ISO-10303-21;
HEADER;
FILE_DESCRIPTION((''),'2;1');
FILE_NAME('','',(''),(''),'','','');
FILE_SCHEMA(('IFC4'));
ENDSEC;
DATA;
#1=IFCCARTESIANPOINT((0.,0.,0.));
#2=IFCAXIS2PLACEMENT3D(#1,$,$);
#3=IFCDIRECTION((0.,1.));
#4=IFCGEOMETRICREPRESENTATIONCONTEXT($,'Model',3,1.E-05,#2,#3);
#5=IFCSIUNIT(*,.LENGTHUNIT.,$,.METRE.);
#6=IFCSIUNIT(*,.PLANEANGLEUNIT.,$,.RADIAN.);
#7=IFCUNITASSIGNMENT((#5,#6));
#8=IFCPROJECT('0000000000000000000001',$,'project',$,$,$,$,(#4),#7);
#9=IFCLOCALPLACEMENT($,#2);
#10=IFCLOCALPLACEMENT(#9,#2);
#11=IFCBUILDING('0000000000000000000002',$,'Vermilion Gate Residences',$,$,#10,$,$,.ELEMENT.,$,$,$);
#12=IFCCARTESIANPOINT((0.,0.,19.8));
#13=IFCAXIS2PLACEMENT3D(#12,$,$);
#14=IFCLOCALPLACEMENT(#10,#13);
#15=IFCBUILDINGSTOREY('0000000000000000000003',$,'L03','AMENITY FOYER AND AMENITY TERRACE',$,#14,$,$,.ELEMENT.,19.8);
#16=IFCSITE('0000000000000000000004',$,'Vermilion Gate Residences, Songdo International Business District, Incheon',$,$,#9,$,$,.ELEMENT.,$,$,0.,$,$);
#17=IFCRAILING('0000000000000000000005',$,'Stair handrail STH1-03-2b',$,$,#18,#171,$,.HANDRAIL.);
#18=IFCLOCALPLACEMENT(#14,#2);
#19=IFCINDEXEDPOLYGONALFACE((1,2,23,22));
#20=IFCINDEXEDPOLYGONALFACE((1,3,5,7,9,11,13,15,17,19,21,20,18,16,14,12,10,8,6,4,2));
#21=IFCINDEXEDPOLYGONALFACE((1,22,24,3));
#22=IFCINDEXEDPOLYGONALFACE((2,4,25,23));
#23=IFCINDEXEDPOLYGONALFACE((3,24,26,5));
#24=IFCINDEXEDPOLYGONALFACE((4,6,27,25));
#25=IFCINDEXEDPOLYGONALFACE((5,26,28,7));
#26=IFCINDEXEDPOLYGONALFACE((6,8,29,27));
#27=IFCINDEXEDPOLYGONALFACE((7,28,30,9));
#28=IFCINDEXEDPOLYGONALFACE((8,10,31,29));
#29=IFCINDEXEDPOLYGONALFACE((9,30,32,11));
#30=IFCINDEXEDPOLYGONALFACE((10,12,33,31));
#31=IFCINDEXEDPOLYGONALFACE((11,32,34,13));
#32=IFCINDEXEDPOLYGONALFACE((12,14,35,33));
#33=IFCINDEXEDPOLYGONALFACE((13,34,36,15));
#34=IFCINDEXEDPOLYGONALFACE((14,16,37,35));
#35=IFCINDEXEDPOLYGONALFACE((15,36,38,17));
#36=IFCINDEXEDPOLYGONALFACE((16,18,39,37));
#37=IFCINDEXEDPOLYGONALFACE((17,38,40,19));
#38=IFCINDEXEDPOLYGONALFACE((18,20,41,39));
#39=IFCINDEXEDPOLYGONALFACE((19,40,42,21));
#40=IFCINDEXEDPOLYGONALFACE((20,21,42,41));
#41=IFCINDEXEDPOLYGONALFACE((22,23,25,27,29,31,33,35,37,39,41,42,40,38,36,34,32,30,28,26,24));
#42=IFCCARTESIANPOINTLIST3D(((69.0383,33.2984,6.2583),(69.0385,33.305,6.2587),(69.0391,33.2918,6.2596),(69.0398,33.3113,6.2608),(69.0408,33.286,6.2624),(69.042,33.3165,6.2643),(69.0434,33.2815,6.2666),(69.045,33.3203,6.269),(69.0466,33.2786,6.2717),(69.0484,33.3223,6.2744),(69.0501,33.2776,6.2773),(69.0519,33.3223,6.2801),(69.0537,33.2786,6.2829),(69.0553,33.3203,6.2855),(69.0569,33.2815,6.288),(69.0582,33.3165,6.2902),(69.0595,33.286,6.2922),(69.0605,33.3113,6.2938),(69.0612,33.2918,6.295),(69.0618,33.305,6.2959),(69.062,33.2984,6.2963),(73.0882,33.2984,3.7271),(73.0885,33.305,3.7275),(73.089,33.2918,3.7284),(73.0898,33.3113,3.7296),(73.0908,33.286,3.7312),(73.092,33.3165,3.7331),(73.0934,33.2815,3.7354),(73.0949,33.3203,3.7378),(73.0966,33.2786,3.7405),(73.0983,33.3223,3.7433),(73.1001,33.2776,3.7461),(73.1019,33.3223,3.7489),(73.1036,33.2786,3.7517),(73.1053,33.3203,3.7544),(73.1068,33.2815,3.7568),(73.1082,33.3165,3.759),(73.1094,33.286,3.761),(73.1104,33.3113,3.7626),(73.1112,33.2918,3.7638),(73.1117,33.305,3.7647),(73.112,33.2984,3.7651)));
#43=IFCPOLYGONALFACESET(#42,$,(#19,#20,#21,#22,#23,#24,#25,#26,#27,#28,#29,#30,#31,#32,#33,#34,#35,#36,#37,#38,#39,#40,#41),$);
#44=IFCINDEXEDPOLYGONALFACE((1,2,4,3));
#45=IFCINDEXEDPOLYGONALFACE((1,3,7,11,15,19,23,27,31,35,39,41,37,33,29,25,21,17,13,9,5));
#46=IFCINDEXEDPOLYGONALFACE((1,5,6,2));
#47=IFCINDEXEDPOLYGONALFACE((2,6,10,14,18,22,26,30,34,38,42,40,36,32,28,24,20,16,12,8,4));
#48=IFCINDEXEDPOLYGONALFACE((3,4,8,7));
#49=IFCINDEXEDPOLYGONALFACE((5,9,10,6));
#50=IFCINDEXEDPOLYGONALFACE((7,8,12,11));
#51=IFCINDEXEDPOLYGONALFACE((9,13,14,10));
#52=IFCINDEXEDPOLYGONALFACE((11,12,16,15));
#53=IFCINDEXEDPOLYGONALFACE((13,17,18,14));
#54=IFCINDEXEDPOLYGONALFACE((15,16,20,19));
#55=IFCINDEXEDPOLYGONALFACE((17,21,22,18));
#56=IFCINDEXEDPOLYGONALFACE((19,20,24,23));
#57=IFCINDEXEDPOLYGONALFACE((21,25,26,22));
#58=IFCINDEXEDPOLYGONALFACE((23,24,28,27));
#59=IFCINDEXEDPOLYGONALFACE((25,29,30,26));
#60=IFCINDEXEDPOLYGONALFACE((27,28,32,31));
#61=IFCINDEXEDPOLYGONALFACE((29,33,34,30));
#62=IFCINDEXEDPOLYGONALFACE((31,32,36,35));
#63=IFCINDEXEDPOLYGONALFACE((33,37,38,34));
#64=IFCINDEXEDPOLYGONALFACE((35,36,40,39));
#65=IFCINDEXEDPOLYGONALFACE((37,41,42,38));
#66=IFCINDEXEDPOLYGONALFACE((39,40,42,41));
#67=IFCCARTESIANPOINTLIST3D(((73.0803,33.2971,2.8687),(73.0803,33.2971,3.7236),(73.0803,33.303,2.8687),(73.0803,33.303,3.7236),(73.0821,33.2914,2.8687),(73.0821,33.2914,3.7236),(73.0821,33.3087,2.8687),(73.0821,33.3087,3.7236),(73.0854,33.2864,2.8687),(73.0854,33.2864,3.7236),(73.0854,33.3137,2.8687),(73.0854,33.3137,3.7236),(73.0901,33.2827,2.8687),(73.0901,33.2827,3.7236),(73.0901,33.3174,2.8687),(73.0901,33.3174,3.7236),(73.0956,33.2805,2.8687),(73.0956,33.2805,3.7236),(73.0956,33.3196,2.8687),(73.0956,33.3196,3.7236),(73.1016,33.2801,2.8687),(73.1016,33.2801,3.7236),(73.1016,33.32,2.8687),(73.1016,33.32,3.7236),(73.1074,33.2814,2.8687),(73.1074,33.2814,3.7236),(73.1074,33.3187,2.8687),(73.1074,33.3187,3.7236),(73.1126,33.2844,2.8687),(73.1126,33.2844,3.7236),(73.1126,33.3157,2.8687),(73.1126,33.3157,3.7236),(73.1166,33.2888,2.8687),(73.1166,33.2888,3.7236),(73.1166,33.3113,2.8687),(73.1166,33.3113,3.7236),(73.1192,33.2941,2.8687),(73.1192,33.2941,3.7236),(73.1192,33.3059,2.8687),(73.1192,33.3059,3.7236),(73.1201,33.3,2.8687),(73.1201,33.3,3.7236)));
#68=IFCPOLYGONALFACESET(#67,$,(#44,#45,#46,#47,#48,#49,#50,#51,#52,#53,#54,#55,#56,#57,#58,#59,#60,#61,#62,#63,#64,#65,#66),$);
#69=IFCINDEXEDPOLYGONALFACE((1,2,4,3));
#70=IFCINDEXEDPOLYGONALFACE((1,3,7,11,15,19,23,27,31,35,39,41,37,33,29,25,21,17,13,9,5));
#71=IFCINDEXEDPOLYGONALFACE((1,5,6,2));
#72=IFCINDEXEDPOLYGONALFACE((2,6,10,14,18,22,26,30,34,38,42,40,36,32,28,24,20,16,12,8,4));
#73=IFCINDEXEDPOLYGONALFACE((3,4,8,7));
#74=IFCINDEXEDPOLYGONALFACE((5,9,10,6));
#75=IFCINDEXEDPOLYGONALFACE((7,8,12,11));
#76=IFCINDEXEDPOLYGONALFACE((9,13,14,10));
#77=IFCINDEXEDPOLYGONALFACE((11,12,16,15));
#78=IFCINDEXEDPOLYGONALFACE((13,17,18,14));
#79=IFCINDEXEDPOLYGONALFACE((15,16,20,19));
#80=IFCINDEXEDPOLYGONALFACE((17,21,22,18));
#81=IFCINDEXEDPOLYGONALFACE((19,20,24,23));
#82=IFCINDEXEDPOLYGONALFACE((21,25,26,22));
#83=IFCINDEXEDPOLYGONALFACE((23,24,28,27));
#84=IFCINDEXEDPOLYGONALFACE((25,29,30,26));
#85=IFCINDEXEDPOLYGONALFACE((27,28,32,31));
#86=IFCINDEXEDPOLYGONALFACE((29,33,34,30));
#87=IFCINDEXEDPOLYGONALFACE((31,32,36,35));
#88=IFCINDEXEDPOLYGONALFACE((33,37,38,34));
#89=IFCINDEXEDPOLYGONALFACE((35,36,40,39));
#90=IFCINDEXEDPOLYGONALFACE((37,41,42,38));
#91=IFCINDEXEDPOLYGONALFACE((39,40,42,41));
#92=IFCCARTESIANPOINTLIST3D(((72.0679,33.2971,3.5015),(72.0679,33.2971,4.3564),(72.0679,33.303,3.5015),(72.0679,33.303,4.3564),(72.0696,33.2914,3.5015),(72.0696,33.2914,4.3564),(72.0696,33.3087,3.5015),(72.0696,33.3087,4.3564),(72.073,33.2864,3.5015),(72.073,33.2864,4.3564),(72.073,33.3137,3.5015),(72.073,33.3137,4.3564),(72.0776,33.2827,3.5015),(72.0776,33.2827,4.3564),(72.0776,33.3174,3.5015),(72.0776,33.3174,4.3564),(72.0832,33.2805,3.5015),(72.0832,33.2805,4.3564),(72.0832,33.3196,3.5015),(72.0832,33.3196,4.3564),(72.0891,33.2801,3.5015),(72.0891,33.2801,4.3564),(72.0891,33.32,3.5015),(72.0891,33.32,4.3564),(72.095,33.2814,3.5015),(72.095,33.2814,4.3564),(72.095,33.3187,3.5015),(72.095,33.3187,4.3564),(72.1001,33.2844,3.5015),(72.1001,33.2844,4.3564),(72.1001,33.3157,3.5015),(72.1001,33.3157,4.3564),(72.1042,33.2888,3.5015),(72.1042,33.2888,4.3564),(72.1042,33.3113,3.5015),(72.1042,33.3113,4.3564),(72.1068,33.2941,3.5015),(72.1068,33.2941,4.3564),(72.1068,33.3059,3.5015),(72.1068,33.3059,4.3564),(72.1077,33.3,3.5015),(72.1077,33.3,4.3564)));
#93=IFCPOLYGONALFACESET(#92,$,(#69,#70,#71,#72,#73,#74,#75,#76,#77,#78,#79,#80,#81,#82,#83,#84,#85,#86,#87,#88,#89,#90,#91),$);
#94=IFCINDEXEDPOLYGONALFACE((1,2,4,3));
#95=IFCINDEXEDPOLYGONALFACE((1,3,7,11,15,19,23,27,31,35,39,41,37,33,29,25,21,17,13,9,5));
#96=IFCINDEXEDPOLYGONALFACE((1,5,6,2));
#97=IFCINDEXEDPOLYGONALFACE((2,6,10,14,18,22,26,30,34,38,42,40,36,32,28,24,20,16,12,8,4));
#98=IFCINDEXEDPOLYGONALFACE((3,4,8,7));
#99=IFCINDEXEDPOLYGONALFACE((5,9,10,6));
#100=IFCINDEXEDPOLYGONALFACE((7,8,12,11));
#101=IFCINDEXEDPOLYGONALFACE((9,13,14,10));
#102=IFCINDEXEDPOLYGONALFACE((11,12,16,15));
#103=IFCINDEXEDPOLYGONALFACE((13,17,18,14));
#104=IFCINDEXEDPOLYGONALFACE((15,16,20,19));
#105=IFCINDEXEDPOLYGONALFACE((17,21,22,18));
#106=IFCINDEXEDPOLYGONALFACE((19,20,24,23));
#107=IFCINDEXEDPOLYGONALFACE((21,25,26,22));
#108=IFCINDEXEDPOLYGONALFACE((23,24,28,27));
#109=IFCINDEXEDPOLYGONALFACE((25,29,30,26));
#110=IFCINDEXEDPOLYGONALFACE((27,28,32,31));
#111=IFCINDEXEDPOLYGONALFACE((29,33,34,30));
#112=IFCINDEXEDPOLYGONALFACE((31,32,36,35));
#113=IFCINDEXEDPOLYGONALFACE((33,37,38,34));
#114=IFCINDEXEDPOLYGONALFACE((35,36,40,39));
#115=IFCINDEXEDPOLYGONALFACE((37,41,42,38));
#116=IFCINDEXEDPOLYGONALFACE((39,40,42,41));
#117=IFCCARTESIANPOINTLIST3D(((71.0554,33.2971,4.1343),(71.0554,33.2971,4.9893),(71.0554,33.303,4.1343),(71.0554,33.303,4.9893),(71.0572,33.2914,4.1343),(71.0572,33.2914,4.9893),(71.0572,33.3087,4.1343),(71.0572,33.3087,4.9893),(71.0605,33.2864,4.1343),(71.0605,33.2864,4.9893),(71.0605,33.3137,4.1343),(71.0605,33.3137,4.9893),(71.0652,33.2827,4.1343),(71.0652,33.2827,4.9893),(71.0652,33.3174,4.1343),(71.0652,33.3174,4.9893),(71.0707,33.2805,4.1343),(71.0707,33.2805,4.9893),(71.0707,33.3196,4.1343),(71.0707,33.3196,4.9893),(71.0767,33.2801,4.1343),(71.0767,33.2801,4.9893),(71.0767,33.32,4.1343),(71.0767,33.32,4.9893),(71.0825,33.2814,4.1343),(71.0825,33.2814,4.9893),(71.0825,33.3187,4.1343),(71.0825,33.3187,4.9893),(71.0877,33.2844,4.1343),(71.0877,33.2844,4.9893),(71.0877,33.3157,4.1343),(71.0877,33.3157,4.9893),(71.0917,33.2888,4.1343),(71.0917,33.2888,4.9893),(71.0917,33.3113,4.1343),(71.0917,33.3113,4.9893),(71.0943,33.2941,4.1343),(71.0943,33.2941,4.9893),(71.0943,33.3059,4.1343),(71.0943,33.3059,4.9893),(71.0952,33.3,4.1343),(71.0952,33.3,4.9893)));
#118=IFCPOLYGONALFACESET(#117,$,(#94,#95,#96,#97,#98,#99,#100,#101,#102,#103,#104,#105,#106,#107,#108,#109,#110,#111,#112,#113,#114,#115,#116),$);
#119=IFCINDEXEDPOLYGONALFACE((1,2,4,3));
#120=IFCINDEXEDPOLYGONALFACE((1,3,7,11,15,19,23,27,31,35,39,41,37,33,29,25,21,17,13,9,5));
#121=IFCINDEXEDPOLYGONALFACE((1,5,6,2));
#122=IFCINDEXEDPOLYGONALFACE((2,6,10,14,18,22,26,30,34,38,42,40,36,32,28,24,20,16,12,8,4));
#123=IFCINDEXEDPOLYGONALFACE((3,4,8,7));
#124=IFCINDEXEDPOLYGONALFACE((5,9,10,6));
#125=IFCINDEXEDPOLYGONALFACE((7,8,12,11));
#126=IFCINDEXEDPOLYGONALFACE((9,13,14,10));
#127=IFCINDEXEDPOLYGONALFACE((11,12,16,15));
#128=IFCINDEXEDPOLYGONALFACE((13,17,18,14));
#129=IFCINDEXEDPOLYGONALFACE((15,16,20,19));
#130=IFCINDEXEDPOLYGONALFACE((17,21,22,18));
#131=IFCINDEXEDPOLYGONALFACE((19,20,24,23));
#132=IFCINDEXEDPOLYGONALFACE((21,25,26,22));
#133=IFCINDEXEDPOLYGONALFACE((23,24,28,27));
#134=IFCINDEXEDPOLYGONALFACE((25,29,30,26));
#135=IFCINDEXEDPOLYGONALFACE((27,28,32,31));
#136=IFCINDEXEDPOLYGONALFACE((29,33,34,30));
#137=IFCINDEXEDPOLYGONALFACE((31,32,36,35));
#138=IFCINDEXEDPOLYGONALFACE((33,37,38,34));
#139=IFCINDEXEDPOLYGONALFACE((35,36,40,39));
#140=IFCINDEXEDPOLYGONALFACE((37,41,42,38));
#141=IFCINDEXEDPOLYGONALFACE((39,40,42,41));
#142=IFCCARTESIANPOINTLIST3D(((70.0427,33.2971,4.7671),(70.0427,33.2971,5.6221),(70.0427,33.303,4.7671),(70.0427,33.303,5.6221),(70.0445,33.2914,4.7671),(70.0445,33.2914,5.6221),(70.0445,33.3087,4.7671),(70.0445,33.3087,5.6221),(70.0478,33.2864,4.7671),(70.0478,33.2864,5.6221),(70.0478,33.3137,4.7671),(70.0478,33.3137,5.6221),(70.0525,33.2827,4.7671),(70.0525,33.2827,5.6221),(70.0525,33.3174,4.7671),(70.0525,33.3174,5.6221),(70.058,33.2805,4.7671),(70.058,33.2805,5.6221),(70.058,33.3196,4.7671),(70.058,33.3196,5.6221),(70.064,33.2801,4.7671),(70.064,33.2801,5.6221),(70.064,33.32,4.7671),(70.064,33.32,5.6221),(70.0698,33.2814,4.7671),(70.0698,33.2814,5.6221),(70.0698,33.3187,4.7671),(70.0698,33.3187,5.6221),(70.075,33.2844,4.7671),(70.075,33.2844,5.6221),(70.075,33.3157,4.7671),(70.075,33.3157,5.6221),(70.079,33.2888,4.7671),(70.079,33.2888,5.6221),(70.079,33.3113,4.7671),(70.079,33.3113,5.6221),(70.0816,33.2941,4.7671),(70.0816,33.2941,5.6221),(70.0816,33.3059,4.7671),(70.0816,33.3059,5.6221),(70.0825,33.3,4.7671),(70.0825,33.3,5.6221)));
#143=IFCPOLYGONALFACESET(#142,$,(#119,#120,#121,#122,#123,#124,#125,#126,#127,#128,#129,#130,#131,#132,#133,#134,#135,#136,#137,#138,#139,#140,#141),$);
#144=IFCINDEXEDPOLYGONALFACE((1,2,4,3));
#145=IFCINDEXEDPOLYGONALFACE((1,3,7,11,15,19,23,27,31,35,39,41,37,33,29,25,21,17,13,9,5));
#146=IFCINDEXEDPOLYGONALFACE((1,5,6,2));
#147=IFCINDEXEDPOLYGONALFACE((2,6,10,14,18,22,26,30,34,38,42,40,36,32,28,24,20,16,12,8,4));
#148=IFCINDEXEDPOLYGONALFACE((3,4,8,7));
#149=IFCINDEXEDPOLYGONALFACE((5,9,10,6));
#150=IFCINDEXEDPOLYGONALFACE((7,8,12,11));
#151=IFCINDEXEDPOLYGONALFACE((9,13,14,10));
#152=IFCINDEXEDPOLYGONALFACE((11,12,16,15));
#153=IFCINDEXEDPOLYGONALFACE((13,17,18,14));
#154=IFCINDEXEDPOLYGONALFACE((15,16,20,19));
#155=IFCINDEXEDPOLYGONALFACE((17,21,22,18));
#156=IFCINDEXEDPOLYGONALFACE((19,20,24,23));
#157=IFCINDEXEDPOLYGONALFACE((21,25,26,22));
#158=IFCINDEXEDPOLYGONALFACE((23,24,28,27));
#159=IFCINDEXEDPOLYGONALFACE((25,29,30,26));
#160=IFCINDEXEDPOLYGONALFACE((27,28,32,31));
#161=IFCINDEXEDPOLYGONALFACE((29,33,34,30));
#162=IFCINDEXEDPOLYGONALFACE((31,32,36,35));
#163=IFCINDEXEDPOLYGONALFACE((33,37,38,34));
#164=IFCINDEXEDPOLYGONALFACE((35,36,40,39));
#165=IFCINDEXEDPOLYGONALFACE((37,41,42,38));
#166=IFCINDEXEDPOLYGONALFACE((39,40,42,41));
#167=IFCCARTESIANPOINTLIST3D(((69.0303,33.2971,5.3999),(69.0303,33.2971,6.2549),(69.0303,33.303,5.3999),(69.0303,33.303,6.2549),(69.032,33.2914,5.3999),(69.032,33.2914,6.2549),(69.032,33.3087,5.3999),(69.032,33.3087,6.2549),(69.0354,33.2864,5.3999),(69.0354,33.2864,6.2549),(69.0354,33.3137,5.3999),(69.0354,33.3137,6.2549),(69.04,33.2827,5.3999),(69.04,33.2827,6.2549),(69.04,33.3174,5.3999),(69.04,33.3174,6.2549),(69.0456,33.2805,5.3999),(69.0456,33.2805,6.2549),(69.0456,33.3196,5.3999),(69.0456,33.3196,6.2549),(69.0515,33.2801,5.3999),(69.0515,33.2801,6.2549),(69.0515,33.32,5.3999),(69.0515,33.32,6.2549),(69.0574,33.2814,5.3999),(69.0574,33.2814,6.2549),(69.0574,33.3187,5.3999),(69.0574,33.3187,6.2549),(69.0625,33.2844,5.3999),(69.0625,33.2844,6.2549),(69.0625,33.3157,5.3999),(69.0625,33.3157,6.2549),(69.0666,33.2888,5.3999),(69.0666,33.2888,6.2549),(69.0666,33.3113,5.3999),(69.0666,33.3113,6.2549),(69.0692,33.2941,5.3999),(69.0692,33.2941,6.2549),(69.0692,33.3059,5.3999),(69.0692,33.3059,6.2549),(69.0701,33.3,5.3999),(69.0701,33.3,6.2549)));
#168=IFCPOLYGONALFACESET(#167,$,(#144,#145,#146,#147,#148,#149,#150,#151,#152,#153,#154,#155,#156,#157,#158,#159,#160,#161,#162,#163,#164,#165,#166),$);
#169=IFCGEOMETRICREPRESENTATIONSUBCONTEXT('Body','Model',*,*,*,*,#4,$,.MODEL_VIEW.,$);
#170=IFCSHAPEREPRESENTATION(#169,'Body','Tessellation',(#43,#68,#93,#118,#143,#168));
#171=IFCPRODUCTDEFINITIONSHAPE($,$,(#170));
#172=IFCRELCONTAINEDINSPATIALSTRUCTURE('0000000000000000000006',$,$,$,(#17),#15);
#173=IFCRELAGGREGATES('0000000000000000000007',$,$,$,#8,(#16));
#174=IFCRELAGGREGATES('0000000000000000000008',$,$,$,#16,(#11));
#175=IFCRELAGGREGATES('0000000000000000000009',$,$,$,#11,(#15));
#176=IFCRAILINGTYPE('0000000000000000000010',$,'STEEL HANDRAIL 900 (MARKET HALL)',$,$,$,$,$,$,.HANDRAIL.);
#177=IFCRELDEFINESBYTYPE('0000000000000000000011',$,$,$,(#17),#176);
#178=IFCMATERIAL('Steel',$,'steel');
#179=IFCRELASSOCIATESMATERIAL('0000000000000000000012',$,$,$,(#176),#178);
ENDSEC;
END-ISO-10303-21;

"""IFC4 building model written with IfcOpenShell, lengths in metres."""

from ifc_helpers import new_model, si_unit, direction, frame, origin, origin_2d, place, context, subcontext, project, spatial, circle, extrude, material, type_object, element, save


model = new_model("IFC4")

# Units and contexts
model_context = context("Model", 3, precision=1e-05, world=origin(), true_north=direction((0.0, 1.0)))
body_context = subcontext(model_context, "Body", "Model", "MODEL_VIEW")
ifc_project = project(units=[si_unit("LENGTHUNIT", "METRE"), si_unit("PLANEANGLEUNIT", "RADIAN")], contexts=[model_context])

# Site, building, storey
site_placement = place(None, origin())
site = spatial("IfcSite", under=ifc_project, at=site_placement, Name="Vermilion Gate Residences, Songdo International Business District, Incheon", CompositionType="ELEMENT", RefElevation=0.0)
building_placement = place(site_placement, origin())
building = spatial("IfcBuilding", under=site, at=building_placement, Name="Vermilion Gate Residences", CompositionType="ELEMENT")
storey_placement = place(building_placement, frame((0.0, 0.0, 19.8)))
storey = spatial("IfcBuildingStorey", under=building, at=storey_placement, Name="L03", Description="AMENITY FOYER AND AMENITY TERRACE", CompositionType="ELEMENT", Elevation=19.8)

# Railing
ifc_material_1 = material(Name="Steel", Category="steel")
railing_type_1 = type_object("IfcRailingType", Name="STEEL HANDRAIL 900 (MARKET HALL)", PredefinedType="HANDRAIL", material=ifc_material_1)
for number, where, name in (
    (1, (73.1001, 33.3, 2.8687), "Stair handrail STH1-03-2b"),
):
    element("IfcRailing", number, at=place(storey_placement, frame(where)), inside=storey, type_object=railing_type_1, Name=name, PredefinedType="HANDRAIL", context=body_context, shape_type="SweptSolid", body=[
        extrude(circle(Radius=0.0225, at=origin_2d()), frame((0.0, 0.0, 0.8774), z_axis=(-0.848001, 0.0, 0.529994), x_axis=(0.0, -1.0, 0.0)), (0.0, 0.0, 1.0), 4.7759),
        extrude(circle(Radius=0.02, at=origin_2d()), origin(), (0.0, 0.0, 1.0), 0.855),
        extrude(circle(Radius=0.02, at=origin_2d()), frame((-1.0125, 0.0, 0.6328)), (0.0, 0.0, 1.0), 0.855),
        extrude(circle(Radius=0.02, at=origin_2d()), frame((-2.0249, 0.0, 1.2656)), (0.0, 0.0, 1.0), 0.855),
        extrude(circle(Radius=0.02, at=origin_2d()), frame((-3.0376, 0.0, 1.8984)), (0.0, 0.0, 1.0), 0.855),
        extrude(circle(Radius=0.02, at=origin_2d()), frame((-4.05, 0.0, 2.5312)), (0.0, 0.0, 1.0), 0.855),
    ])

save(model, "model.ifc")
